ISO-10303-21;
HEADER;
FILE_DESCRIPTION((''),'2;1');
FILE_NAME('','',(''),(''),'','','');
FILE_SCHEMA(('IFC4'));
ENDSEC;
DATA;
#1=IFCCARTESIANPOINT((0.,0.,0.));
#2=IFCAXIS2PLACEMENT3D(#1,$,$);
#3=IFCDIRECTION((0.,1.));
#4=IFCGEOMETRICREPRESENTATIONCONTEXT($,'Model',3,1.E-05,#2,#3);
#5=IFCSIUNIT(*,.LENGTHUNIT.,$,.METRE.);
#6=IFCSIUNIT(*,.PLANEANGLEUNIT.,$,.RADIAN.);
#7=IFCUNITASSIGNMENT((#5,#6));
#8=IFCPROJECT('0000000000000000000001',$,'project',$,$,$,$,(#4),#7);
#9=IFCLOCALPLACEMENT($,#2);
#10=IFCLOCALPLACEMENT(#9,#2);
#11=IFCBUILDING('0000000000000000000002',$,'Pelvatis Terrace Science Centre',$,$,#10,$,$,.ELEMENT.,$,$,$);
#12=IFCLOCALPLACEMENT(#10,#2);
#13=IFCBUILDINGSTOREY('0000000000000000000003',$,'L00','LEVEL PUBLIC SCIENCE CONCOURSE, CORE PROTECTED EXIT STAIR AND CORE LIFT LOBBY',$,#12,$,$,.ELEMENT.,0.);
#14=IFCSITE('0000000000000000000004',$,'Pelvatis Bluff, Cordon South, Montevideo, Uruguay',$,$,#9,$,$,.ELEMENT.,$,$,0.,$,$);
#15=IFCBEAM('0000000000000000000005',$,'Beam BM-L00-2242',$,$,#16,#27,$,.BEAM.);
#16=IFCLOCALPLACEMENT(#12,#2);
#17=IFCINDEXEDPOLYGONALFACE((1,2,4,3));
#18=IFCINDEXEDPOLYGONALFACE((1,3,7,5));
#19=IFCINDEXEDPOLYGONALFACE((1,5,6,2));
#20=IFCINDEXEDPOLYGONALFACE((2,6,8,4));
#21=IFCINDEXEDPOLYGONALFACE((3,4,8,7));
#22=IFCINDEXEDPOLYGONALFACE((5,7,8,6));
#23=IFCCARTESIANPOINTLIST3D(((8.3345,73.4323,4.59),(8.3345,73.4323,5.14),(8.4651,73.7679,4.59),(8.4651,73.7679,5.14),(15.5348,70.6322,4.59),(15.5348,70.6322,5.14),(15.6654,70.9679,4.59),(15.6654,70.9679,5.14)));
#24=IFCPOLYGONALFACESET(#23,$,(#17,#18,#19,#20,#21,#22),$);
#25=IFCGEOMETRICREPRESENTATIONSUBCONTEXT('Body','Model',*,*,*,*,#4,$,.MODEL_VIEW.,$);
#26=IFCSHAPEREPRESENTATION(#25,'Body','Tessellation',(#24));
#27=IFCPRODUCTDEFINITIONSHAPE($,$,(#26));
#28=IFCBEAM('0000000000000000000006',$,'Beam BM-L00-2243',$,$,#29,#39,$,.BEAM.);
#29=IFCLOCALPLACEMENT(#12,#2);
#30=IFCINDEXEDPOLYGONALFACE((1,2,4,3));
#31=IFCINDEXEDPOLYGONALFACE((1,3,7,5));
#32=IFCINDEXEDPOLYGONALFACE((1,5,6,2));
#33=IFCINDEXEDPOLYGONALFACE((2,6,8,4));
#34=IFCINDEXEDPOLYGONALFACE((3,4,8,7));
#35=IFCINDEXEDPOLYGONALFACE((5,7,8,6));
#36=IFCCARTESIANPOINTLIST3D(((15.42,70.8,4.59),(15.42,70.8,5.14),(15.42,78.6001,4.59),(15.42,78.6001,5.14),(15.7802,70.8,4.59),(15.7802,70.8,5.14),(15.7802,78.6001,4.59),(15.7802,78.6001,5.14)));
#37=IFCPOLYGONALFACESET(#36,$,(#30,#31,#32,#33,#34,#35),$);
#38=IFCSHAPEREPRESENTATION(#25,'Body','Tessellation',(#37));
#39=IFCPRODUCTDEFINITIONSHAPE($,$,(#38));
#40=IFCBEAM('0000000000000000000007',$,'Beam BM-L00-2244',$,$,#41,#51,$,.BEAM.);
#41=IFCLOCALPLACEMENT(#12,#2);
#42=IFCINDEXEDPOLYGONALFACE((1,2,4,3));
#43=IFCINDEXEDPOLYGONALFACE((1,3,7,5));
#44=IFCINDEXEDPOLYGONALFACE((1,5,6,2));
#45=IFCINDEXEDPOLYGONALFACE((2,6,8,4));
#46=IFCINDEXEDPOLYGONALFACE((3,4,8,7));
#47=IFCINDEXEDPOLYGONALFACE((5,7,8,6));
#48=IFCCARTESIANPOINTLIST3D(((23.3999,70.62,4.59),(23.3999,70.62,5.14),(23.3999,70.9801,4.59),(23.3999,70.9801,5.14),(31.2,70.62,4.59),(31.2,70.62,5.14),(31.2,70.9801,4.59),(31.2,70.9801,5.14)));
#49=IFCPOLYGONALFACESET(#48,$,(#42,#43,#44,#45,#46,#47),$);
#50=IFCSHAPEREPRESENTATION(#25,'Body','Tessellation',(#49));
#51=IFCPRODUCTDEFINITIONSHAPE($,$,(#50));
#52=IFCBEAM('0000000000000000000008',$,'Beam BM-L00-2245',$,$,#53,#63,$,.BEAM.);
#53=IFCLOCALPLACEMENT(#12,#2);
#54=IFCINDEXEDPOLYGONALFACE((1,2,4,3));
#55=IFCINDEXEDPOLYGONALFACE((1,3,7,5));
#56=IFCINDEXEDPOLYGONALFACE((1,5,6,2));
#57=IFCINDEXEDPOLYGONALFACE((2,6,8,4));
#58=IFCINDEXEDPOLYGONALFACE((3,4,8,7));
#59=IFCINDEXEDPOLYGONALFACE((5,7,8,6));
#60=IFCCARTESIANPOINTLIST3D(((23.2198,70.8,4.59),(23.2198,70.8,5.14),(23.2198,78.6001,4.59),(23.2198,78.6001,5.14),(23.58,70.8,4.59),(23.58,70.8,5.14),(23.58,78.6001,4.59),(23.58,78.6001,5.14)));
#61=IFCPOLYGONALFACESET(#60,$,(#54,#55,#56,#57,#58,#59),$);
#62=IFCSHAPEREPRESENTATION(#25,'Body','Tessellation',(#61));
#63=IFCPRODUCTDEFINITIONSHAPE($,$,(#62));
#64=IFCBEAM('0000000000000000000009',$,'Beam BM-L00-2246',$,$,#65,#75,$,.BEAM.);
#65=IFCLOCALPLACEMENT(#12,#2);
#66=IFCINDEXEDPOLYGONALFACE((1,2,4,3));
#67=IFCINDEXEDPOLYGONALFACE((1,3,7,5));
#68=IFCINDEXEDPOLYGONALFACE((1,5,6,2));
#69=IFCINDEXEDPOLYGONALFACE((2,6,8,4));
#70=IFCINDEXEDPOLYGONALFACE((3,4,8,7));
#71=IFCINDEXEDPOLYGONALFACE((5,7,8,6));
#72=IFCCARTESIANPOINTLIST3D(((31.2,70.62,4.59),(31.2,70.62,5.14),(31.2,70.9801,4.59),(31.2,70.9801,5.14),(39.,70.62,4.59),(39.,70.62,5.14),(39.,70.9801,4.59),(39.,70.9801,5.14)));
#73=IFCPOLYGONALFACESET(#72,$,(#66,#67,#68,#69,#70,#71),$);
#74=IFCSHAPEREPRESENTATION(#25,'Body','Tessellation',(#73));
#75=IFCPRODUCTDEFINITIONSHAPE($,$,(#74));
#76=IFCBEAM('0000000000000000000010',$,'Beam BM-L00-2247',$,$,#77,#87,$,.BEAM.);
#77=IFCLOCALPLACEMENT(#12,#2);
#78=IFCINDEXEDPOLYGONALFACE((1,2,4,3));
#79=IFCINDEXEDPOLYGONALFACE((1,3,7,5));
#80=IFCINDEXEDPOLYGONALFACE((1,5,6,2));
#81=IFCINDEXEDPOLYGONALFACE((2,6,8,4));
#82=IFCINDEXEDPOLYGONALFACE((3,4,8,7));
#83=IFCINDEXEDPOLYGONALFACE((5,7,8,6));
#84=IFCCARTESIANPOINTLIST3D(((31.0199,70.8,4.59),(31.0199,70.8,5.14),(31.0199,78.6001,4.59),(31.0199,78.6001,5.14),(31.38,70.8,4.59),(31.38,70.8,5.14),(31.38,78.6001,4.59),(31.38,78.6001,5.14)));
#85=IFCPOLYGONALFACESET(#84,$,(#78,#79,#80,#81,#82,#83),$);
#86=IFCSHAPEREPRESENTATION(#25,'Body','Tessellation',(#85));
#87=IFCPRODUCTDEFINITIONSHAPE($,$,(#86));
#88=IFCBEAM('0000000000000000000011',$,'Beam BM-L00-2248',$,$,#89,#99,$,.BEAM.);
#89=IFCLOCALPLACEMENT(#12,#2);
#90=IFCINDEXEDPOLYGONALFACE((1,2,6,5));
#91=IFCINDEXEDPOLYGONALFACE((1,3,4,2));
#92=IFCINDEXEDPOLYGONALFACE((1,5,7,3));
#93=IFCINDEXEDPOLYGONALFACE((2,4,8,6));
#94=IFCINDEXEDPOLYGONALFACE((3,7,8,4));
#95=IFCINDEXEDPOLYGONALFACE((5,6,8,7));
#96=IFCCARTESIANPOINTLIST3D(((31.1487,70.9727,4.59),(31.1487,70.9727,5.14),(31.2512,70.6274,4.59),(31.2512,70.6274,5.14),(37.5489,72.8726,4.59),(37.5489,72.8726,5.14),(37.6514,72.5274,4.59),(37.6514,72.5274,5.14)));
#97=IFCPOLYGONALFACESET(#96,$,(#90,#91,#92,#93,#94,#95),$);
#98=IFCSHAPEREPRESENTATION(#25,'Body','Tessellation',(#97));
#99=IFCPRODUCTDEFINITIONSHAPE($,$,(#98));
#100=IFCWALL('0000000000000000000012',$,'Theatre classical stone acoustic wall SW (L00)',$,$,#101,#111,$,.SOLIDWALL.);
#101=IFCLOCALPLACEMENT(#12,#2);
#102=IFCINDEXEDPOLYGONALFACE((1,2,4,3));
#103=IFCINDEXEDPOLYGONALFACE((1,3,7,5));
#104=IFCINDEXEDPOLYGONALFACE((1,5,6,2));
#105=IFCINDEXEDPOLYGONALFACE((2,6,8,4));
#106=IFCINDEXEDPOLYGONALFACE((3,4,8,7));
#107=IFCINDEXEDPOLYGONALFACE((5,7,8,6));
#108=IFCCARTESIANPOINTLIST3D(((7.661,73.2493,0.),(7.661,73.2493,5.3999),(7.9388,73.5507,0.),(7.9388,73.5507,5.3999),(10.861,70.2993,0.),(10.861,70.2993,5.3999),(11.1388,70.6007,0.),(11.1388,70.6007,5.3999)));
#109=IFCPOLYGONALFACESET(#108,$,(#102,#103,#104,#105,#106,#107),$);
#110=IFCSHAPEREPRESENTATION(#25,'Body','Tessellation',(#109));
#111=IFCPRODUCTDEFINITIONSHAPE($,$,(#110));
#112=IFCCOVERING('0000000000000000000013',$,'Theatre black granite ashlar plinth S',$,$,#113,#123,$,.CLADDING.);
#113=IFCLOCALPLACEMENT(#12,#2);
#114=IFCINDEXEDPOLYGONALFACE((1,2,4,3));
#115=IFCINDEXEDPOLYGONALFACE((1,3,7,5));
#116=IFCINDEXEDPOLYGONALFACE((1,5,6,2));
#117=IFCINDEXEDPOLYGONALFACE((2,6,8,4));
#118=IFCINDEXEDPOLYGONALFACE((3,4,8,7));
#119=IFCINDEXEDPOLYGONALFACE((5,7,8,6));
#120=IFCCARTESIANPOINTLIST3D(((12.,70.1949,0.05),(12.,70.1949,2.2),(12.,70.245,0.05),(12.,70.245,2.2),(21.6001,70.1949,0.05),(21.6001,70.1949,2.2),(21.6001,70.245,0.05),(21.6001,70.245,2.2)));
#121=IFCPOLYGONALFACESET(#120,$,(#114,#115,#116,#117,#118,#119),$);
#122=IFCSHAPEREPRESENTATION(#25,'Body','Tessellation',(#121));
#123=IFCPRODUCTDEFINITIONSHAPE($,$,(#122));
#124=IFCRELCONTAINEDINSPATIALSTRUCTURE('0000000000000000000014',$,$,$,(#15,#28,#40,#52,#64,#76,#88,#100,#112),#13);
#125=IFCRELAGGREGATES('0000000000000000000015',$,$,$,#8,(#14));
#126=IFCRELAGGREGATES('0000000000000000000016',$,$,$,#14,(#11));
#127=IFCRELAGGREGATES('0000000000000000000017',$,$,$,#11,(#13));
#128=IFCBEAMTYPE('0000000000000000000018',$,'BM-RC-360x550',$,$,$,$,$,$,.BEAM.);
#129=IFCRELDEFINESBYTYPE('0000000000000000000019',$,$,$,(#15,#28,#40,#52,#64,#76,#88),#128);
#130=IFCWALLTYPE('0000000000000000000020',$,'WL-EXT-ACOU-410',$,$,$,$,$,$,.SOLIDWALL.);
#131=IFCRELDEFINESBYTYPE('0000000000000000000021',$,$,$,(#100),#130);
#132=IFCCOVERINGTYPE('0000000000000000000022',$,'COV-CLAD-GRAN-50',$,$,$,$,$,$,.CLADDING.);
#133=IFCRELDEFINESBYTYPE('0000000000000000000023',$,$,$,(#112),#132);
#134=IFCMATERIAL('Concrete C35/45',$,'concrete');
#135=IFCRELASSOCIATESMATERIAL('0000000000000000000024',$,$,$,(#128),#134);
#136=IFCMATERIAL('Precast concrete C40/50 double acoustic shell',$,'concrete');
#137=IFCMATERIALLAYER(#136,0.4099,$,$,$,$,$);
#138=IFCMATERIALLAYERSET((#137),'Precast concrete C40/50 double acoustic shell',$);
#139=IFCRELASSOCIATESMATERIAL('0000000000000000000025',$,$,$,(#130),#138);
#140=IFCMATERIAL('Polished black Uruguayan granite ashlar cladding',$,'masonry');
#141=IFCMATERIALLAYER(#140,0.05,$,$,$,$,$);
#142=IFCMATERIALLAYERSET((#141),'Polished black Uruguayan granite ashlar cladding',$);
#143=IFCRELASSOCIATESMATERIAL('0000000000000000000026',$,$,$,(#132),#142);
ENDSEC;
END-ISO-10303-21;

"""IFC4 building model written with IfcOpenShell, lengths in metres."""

from ifc_helpers import new_model, si_unit, direction, frame, frame_2d, origin, origin_2d, place, context, subcontext, project, spatial, rectangle, extrude, material, layer, layer_set, material_profile, profile_set, type_object, element, save


model = new_model("IFC4")

# Units and contexts
model_context = context("Model", 3, precision=1e-05, world=origin(), true_north=direction((0.0, 1.0)))
body_context = subcontext(model_context, "Body", "Model", "MODEL_VIEW")
ifc_project = project(units=[si_unit("LENGTHUNIT", "METRE"), si_unit("PLANEANGLEUNIT", "RADIAN")], contexts=[model_context])

# Site, building, storey
site_placement = place(None, origin())
site = spatial("IfcSite", under=ifc_project, at=site_placement, Name="Pelvatis Bluff, Cordon South, Montevideo, Uruguay", CompositionType="ELEMENT", RefElevation=0.0)
building_placement = place(site_placement, origin())
building = spatial("IfcBuilding", under=site, at=building_placement, Name="Pelvatis Terrace Science Centre", CompositionType="ELEMENT")
storey_placement = place(building_placement, origin())
storey = spatial("IfcBuildingStorey", under=building, at=storey_placement, Name="L00", Description="LEVEL PUBLIC SCIENCE CONCOURSE, CORE PROTECTED EXIT STAIR AND CORE LIFT LOBBY", CompositionType="ELEMENT", Elevation=0.0)

# Beams
ifc_material_1 = material(Name="Concrete C35/45", Category="concrete")
ifc_material_profile_1 = material_profile(ifc_material_1, rectangle(XDim=0.3601, YDim=0.55, at=origin_2d()), Name="RC-BM 360x550")
ifc_profile_set_1 = profile_set([ifc_material_profile_1], Name="Concrete C35/45")
beam_type = type_object("IfcBeamType", Name="BM-RC-360x550", PredefinedType="BEAM", material=ifc_profile_set_1)
beam_1_placement = place(storey_placement, frame((15.6001, 70.8, 4.865), z_axis=(-0.932006, 0.362443, 0.0), x_axis=(-0.362443, -0.932006, 0.0)))
element("IfcBeam", 1, at=beam_1_placement, inside=storey, type_object=beam_type, Name="Beam BM-L00-2242", PredefinedType="BEAM", context=body_context, shape_type="SweptSolid", body=[
    extrude(rectangle(XDim=0.3601, YDim=0.55, at=origin_2d()), origin(), (0.0, 0.0, 1.0), 7.7256),
])
for number, where, z_axis, x_axis, name in (
    (2, (15.6001, 70.8, 4.865), (0.0, 1.0, 0.0), (-1.0, 0.0, 0.0), "Beam BM-L00-2243"),
    (3, (23.3999, 70.8, 4.865), (1.0, 0.0, 0.0), (0.0, 1.0, 0.0), "Beam BM-L00-2244"),
    (4, (23.3999, 70.8, 4.865), (0.0, 1.0, 0.0), (-1.0, 0.0, 0.0), "Beam BM-L00-2245"),
    (5, (31.2, 70.8, 4.865), (1.0, 0.0, 0.0), (0.0, 1.0, 0.0), "Beam BM-L00-2246"),
    (6, (31.2, 70.8, 4.865), (0.0, 1.0, 0.0), (-1.0, 0.0, 0.0), "Beam BM-L00-2247"),
):
    element("IfcBeam", number, at=place(storey_placement, frame(where, z_axis=z_axis, x_axis=x_axis)), inside=storey, type_object=beam_type, Name=name, PredefinedType="BEAM", context=body_context, shape_type="SweptSolid", body=[
        extrude(rectangle(XDim=0.3601, YDim=0.55, at=origin_2d()), origin(), (0.0, 0.0, 1.0), 7.8),
    ])
beam_2_placement = place(storey_placement, frame((31.2, 70.8, 4.865), z_axis=(0.958653, 0.284579, 0.0), x_axis=(-0.284579, 0.958653, 0.0)))
element("IfcBeam", 7, at=beam_2_placement, inside=storey, type_object=beam_type, Name="Beam BM-L00-2248", PredefinedType="BEAM", context=body_context, shape_type="SweptSolid", body=[
    extrude(rectangle(XDim=0.3601, YDim=0.55, at=origin_2d()), origin(), (0.0, 0.0, 1.0), 6.6763),
])

# Wall
ifc_material_2 = material(Name="Precast concrete C40/50 double acoustic shell", Category="concrete")
ifc_layer_1 = layer(ifc_material_2, 0.4099)
ifc_layer_set_1 = layer_set([ifc_layer_1], Name="Precast concrete C40/50 double acoustic shell")
wall_type = type_object("IfcWallType", Name="WL-EXT-ACOU-410", PredefinedType="SOLIDWALL", material=ifc_layer_set_1)
wall_placement = place(storey_placement, frame((11.0, 70.45, 0.0), z_axis=(0.0, 0.0, 1.0), x_axis=(-0.735244, 0.677802, 0.0)))
element("IfcWall", 8, at=wall_placement, inside=storey, type_object=wall_type, Name="Theatre classical stone acoustic wall SW (L00)", PredefinedType="SOLIDWALL", context=body_context, shape_type="SweptSolid", body=[
    extrude(rectangle(XDim=4.3523, YDim=0.4099, at=frame_2d((2.1763, 0.0))), origin(), (0.0, 0.0, 1.0), 5.3999),
])

# Covering
ifc_material_3 = material(Name="Polished black Uruguayan granite ashlar cladding", Category="masonry")
ifc_layer_2 = layer(ifc_material_3, 0.05)
ifc_layer_set_2 = layer_set([ifc_layer_2], Name="Polished black Uruguayan granite ashlar cladding")
covering_type = type_object("IfcCoveringType", Name="COV-CLAD-GRAN-50", PredefinedType="CLADDING", material=ifc_layer_set_2)
covering_placement = place(storey_placement, frame((16.8, 70.22, 0.05), z_axis=(0.0, 0.0, 1.0), x_axis=(1.0, 0.0, 0.0)))
element("IfcCovering", 9, at=covering_placement, inside=storey, type_object=covering_type, Name="Theatre black granite ashlar plinth S", PredefinedType="CLADDING", context=body_context, shape_type="SweptSolid", body=[
    extrude(rectangle(XDim=9.6001, YDim=0.05, at=origin_2d()), origin(), (0.0, 0.0, 1.0), 2.1499),
])

save(model, "model.ifc")
